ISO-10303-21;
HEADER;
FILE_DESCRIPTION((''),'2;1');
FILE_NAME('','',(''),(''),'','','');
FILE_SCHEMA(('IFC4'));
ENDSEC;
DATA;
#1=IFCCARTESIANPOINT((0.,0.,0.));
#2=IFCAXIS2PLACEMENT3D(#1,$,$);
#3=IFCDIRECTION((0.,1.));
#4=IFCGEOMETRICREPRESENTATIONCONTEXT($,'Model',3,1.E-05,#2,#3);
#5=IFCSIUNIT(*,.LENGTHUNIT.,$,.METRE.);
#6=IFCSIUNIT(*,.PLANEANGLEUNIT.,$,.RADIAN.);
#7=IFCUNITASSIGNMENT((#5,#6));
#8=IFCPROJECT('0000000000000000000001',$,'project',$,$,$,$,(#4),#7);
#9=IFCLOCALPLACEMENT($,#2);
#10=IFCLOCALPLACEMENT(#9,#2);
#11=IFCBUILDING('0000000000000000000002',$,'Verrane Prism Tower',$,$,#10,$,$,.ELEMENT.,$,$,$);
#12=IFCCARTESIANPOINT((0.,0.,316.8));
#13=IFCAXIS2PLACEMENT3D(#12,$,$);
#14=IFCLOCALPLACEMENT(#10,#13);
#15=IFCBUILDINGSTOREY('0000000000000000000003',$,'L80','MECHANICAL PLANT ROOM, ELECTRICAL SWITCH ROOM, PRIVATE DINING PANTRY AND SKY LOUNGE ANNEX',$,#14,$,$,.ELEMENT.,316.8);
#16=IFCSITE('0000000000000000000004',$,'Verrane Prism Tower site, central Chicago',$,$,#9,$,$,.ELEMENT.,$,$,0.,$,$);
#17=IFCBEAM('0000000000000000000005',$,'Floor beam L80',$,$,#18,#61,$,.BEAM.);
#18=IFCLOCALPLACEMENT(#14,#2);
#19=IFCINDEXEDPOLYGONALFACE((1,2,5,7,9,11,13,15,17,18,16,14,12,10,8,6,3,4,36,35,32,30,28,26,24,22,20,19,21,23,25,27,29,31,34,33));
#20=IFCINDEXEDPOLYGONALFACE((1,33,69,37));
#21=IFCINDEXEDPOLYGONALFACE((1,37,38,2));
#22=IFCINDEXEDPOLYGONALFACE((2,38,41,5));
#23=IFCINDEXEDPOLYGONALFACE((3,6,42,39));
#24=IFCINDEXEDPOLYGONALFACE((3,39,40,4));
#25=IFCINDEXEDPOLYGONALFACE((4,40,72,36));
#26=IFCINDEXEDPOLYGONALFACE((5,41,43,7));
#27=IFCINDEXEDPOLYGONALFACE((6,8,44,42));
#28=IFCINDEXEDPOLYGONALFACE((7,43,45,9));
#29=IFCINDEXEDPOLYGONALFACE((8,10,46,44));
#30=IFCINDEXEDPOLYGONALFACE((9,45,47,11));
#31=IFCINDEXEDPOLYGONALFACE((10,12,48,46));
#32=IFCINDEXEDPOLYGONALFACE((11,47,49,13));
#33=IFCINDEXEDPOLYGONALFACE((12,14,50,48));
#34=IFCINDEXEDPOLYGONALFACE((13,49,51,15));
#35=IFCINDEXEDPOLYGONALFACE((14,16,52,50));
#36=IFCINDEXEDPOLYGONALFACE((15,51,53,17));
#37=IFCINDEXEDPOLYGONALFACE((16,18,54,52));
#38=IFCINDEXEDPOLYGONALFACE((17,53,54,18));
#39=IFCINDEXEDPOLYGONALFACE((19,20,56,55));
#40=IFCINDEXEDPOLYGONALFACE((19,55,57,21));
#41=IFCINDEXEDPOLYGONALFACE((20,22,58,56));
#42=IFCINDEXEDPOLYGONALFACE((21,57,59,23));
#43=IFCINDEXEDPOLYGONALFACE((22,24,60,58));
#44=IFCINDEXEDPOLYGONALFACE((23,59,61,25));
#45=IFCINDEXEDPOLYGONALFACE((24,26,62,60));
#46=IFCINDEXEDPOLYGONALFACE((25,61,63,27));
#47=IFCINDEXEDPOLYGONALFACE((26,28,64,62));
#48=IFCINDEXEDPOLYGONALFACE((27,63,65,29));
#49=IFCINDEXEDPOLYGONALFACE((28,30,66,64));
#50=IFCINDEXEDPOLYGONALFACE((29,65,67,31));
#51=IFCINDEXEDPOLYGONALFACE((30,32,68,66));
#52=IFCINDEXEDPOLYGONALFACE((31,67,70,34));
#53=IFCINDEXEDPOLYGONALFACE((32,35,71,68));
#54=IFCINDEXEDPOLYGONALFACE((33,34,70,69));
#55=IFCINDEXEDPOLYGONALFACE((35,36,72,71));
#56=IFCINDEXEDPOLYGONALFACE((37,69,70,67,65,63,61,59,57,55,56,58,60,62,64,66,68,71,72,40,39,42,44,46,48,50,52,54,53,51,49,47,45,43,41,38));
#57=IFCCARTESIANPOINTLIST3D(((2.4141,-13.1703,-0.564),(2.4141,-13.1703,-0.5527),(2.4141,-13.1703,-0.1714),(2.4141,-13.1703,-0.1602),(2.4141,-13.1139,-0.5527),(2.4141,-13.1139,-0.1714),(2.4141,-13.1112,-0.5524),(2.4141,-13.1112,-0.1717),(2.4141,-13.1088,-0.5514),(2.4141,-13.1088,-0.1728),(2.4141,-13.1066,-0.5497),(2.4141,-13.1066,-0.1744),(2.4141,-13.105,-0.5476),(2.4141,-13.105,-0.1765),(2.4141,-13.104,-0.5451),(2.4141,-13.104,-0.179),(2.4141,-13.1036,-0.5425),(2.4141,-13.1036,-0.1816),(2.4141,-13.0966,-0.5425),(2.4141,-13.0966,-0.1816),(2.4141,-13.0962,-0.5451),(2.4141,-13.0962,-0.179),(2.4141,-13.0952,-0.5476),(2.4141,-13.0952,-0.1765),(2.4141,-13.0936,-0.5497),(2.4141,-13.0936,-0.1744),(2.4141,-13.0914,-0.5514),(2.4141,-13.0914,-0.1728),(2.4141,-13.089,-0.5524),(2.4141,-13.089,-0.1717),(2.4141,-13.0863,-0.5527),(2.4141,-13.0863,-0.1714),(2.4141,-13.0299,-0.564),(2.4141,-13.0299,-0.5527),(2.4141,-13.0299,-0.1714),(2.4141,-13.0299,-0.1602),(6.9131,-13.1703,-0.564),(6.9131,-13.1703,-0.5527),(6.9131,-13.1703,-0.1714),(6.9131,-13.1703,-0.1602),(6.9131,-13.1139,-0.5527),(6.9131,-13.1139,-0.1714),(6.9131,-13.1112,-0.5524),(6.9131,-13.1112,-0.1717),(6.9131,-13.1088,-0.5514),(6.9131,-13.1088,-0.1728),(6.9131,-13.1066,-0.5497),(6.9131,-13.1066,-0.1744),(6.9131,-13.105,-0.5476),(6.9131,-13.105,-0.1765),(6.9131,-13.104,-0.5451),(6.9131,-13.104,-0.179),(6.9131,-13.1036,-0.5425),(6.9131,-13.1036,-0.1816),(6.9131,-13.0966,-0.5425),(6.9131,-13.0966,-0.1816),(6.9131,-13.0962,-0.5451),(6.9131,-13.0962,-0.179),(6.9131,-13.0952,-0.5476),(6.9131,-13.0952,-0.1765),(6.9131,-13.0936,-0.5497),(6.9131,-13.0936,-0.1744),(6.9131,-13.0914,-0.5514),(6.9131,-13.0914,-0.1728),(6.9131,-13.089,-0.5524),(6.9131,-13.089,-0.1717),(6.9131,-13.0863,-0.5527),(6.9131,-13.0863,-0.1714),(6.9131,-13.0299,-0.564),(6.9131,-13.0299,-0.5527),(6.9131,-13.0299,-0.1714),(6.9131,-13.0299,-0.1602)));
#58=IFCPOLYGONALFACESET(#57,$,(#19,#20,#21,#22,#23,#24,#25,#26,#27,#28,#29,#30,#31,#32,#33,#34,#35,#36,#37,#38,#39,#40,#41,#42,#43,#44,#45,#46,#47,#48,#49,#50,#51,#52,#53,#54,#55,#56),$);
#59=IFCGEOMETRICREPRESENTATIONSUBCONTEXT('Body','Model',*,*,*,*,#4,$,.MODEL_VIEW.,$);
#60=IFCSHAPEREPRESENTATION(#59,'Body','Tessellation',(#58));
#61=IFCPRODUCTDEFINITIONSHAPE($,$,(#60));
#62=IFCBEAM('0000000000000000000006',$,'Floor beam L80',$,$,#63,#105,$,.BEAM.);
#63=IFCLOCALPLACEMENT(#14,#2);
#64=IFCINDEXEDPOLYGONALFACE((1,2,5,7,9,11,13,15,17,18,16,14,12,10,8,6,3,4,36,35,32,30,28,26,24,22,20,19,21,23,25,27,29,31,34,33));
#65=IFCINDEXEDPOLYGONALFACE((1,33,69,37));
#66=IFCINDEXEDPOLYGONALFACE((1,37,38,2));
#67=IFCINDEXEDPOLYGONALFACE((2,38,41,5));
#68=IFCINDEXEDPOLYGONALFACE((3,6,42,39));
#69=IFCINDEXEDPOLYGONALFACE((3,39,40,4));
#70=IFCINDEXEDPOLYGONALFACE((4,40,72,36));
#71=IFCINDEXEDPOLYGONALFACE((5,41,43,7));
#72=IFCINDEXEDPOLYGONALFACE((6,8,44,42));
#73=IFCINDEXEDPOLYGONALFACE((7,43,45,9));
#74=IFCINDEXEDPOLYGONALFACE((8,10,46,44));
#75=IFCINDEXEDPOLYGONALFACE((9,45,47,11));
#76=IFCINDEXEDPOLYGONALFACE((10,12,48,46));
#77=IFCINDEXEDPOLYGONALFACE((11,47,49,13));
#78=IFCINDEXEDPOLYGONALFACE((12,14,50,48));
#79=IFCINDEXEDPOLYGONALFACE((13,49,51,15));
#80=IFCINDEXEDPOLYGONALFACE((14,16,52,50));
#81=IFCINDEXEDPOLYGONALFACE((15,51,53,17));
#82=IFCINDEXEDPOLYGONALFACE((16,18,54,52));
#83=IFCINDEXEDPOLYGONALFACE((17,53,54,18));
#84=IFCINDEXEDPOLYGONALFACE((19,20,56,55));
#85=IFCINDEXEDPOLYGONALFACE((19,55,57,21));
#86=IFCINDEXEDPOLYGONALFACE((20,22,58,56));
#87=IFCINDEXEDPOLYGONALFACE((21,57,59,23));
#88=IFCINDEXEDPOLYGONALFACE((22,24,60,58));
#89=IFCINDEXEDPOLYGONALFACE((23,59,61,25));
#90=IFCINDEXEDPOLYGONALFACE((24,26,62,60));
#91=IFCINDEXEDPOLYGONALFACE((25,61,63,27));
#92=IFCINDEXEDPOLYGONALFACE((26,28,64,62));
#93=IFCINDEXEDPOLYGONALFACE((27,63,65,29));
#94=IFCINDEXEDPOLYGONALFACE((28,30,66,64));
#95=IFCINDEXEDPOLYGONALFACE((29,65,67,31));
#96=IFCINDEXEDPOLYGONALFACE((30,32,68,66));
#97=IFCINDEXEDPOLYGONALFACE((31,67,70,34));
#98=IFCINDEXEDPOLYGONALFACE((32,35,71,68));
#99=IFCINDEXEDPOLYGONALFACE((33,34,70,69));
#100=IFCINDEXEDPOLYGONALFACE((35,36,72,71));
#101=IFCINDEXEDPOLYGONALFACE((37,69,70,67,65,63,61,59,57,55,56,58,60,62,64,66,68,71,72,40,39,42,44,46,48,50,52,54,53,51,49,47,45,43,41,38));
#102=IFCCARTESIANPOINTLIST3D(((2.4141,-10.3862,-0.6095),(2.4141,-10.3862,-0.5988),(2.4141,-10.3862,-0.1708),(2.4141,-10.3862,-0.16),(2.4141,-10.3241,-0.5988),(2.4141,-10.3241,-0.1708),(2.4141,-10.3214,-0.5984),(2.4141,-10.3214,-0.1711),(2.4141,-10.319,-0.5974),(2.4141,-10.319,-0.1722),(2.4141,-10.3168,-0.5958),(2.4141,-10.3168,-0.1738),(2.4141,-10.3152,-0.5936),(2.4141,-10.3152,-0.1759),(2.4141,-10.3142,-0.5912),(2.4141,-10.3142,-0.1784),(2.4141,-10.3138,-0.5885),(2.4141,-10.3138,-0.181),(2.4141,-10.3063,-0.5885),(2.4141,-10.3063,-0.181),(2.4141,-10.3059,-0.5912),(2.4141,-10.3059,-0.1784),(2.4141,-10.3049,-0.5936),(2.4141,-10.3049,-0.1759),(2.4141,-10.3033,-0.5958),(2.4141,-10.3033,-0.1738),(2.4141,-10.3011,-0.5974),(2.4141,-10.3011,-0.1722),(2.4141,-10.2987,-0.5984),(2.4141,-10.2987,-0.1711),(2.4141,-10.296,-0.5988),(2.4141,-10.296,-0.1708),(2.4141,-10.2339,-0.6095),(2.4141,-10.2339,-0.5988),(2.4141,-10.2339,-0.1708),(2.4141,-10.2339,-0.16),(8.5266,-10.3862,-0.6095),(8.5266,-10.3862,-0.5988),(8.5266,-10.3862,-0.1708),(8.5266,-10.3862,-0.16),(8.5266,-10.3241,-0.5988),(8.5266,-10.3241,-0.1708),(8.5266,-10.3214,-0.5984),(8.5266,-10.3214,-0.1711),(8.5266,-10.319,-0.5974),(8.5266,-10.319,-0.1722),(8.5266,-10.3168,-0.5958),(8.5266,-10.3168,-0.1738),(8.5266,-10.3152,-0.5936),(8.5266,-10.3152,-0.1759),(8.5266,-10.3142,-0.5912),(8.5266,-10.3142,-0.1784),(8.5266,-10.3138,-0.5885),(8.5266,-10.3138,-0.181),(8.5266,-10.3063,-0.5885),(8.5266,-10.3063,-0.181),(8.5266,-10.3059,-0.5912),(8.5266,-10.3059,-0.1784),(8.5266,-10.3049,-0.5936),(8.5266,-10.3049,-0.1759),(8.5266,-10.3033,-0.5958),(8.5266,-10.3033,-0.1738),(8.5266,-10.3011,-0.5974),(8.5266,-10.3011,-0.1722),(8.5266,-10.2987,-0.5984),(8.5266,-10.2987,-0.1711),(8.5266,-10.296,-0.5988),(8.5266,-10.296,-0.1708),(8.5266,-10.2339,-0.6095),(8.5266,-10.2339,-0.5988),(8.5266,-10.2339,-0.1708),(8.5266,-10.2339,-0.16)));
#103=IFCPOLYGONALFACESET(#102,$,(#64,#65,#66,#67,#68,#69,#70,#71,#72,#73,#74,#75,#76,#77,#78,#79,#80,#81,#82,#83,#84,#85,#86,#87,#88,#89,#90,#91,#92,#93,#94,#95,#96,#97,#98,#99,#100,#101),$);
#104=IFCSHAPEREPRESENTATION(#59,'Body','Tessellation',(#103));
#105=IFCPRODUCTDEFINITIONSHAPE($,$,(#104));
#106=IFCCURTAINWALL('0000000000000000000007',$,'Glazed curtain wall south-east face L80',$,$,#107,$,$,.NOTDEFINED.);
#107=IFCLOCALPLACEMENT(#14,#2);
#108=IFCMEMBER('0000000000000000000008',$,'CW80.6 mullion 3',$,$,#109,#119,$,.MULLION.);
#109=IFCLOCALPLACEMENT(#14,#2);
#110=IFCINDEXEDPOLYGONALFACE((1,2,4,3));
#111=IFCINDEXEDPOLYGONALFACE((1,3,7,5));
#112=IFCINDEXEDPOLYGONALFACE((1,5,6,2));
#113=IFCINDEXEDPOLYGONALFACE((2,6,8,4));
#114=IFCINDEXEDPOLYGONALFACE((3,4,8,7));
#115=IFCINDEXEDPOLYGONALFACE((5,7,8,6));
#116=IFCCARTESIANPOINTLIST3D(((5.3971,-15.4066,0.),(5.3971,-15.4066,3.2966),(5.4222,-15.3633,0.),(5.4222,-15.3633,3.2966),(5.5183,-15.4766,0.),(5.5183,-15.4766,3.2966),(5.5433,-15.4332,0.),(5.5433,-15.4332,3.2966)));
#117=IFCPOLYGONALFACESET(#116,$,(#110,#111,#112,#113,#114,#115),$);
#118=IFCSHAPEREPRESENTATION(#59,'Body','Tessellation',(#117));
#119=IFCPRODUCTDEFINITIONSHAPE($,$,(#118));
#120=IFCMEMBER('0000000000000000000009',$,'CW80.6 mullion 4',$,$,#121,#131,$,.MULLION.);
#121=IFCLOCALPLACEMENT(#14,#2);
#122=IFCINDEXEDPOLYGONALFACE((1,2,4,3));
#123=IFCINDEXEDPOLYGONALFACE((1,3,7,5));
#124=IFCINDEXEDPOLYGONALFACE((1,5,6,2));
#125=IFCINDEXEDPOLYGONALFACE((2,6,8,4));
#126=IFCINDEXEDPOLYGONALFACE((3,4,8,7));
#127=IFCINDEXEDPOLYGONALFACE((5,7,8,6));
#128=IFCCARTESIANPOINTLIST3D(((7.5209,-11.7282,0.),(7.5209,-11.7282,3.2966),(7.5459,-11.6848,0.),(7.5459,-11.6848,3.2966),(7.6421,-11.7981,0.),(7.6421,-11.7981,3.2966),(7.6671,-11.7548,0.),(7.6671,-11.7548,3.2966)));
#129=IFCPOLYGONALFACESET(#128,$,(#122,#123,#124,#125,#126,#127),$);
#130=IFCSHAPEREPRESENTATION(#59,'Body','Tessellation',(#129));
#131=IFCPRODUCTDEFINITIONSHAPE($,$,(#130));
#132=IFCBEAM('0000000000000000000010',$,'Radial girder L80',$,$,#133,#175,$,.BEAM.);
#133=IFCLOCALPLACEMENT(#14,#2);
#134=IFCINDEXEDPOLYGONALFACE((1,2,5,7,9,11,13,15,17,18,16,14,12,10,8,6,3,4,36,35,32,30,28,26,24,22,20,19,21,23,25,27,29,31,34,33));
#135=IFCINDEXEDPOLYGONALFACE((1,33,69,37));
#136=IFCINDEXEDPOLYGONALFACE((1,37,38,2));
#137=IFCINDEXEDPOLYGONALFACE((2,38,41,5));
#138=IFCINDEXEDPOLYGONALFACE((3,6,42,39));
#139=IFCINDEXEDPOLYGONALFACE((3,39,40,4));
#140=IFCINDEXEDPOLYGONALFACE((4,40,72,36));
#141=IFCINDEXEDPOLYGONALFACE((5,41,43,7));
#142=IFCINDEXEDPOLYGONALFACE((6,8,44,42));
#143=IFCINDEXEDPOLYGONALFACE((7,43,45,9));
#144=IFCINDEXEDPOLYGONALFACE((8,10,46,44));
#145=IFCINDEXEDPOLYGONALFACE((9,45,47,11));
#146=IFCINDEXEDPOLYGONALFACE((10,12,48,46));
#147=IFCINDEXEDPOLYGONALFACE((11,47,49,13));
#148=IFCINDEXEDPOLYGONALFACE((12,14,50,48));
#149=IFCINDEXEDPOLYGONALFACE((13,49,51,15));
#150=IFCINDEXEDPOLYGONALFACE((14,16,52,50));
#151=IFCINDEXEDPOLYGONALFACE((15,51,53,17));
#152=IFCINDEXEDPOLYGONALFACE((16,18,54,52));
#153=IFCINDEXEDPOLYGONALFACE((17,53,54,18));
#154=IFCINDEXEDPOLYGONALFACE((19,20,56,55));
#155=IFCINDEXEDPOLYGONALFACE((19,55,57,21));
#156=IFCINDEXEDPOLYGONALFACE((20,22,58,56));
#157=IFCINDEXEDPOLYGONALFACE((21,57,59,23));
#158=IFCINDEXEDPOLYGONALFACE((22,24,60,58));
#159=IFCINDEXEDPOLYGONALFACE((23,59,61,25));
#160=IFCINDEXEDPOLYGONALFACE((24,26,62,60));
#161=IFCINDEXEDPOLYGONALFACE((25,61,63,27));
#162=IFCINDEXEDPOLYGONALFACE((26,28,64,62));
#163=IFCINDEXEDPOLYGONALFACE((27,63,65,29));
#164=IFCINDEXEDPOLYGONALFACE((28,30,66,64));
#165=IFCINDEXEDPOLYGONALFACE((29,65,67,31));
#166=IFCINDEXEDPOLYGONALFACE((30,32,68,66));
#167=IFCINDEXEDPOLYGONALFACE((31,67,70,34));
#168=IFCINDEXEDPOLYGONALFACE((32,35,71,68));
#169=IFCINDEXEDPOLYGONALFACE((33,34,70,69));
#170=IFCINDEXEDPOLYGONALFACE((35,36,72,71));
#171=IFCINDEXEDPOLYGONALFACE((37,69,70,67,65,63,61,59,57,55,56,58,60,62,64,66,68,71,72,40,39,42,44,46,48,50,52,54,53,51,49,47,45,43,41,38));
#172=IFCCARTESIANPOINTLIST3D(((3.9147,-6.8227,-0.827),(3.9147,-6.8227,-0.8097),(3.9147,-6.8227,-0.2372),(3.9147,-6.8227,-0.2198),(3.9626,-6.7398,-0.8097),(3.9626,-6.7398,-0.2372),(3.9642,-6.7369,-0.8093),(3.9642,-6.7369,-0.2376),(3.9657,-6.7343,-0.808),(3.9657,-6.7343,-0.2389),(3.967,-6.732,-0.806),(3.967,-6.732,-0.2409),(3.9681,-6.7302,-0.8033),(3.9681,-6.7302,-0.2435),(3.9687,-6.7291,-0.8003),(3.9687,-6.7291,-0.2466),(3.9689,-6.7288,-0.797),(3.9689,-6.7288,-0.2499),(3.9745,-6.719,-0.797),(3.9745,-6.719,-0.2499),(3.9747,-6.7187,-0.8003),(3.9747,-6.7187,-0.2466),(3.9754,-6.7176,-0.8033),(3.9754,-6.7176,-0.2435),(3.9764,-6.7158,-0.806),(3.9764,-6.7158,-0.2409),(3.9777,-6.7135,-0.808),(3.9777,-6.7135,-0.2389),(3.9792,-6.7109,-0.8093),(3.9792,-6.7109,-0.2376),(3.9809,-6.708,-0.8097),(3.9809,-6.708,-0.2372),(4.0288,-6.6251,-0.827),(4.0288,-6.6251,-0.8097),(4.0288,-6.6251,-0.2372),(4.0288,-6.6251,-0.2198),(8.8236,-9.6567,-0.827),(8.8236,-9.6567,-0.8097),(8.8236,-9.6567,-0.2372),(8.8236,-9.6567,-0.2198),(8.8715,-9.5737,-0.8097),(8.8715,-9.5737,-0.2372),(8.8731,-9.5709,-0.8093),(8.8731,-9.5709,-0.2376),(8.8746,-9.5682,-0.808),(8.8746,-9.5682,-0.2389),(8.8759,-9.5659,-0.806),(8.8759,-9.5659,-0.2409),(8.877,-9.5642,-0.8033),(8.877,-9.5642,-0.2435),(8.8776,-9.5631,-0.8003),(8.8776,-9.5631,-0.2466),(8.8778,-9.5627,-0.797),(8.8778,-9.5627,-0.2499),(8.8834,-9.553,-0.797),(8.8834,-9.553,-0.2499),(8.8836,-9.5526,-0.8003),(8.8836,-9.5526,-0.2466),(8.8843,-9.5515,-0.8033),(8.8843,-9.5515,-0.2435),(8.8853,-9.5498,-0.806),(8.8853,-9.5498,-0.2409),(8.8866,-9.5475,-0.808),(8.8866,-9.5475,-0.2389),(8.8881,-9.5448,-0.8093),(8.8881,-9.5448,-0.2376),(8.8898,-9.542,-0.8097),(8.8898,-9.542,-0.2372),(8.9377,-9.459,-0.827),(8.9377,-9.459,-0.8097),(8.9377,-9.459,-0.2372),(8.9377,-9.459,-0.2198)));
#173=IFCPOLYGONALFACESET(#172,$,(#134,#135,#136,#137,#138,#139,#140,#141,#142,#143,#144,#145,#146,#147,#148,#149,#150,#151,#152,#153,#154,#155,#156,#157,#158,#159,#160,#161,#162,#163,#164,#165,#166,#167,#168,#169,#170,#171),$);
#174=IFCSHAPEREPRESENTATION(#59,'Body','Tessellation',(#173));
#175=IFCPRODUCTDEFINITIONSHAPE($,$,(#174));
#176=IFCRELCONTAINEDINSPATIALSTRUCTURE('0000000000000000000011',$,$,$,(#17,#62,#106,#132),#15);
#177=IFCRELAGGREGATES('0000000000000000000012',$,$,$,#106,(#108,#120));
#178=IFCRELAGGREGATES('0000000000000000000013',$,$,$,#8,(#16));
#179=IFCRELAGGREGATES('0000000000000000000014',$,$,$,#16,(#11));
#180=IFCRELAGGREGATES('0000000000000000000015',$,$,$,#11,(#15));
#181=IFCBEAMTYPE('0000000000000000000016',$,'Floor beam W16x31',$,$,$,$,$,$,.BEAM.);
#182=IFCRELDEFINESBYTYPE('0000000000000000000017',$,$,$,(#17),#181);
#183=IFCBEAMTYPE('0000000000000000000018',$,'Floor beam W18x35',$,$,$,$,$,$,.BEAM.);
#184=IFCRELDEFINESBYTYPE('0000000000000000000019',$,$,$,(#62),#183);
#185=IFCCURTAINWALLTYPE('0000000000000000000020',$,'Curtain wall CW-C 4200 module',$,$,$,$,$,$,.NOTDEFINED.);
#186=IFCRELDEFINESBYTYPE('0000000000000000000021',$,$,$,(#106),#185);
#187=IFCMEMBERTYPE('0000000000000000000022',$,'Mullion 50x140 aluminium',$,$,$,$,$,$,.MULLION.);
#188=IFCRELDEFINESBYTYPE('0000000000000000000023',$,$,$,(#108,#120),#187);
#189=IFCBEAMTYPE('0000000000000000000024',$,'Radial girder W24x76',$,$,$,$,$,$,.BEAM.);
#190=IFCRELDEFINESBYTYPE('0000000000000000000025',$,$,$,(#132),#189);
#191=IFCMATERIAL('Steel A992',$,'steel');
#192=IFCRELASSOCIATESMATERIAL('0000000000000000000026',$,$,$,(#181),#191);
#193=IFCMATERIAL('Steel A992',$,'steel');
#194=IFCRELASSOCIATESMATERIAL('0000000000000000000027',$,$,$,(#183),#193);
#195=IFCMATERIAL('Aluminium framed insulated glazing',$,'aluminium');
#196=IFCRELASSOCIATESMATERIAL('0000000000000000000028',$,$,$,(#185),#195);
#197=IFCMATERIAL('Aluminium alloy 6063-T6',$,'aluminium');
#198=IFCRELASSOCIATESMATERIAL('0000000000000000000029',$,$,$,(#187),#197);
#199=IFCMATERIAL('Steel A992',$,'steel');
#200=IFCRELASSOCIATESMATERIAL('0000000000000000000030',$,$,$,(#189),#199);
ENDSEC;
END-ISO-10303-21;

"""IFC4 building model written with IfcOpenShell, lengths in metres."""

from ifc_helpers import new_model, si_unit, direction, frame, origin, origin_2d, place, context, subcontext, project, spatial, rectangle, i_section, extrude, material, material_profile, profile_set, type_object, element, aggregate, save


model = new_model("IFC4")

# Units and contexts
model_context = context("Model", 3, precision=1e-05, world=origin(), true_north=direction((0.0, 1.0)))
body_context = subcontext(model_context, "Body", "Model", "MODEL_VIEW")
ifc_project = project(units=[si_unit("LENGTHUNIT", "METRE"), si_unit("PLANEANGLEUNIT", "RADIAN")], contexts=[model_context])

# Site, building, storey
site_placement = place(None, origin())
site = spatial("IfcSite", under=ifc_project, at=site_placement, Name="Verrane Prism Tower site, central Chicago", CompositionType="ELEMENT", RefElevation=0.0)
building_placement = place(site_placement, origin())
building = spatial("IfcBuilding", under=site, at=building_placement, Name="Verrane Prism Tower", CompositionType="ELEMENT")
storey_placement = place(building_placement, frame((0.0, 0.0, 316.8)))
storey = spatial("IfcBuildingStorey", under=building, at=storey_placement, Name="L80", Description="MECHANICAL PLANT ROOM, ELECTRICAL SWITCH ROOM, PRIVATE DINING PANTRY AND SKY LOUNGE ANNEX", CompositionType="ELEMENT", Elevation=316.8)

# Beams
ifc_material_1 = material(Name="Steel A992", Category="steel")
ifc_material_profile_1 = material_profile(ifc_material_1, i_section(OverallWidth=0.1404, OverallDepth=0.4038, WebThickness=0.0071, FlangeThickness=0.0112, FilletRadius=0.0103, at=origin_2d()), Name="W16x31")
ifc_profile_set_1 = profile_set([ifc_material_profile_1], Name="Steel A992")
beam_type_1 = type_object("IfcBeamType", Name="Floor beam W16x31", PredefinedType="BEAM", material=ifc_profile_set_1)
beam_1_placement = place(storey_placement, frame((2.4141, -13.1001, -0.3621), z_axis=(1.0, 0.0, 0.0), x_axis=(0.0, 1.0, 0.0)))
element("IfcBeam", 1, at=beam_1_placement, inside=storey, type_object=beam_type_1, Name="Floor beam L80", PredefinedType="BEAM", context=body_context, shape_type="SweptSolid", body=[
    extrude(i_section(OverallWidth=0.1404, OverallDepth=0.4038, WebThickness=0.0071, FlangeThickness=0.0112, FilletRadius=0.0103, at=origin_2d()), origin(), (0.0, 0.0, 1.0), 4.499),
])
ifc_material_2 = material(Name="Steel A992", Category="steel")
ifc_material_profile_2 = material_profile(ifc_material_2, i_section(OverallWidth=0.1523, OverallDepth=0.4495, WebThickness=0.0076, FlangeThickness=0.0107, FilletRadius=0.0103, at=origin_2d()), Name="W18x35")
ifc_profile_set_2 = profile_set([ifc_material_profile_2], Name="Steel A992")
beam_type_2 = type_object("IfcBeamType", Name="Floor beam W18x35", PredefinedType="BEAM", material=ifc_profile_set_2)
beam_2_placement = place(storey_placement, frame((2.4141, -10.3101, -0.3848), z_axis=(1.0, 0.0, 0.0), x_axis=(0.0, 1.0, 0.0)))
element("IfcBeam", 2, at=beam_2_placement, inside=storey, type_object=beam_type_2, Name="Floor beam L80", PredefinedType="BEAM", context=body_context, shape_type="SweptSolid", body=[
    extrude(i_section(OverallWidth=0.1523, OverallDepth=0.4495, WebThickness=0.0076, FlangeThickness=0.0107, FilletRadius=0.0103, at=origin_2d()), origin(), (0.0, 0.0, 1.0), 6.1125),
])

# Curtain wall, members
ifc_material_3 = material(Name="Aluminium framed insulated glazing", Category="aluminium")
curtain_wall_type = type_object("IfcCurtainWallType", Name="Curtain wall CW-C 4200 module", PredefinedType="NOTDEFINED", material=ifc_material_3)
curtain_wall_placement = place(storey_placement, origin())
curtain_wall = element("IfcCurtainWall", 3, at=curtain_wall_placement, inside=storey, type_object=curtain_wall_type, Name="Glazed curtain wall south-east face L80", PredefinedType="NOTDEFINED")
ifc_material_4 = material(Name="Aluminium alloy 6063-T6", Category="aluminium")
ifc_material_profile_3 = material_profile(ifc_material_4, rectangle(XDim=0.1399, YDim=0.05, at=origin_2d()), Name="Mullion 50x140 aluminium")
ifc_profile_set_3 = profile_set([ifc_material_profile_3], Name="Aluminium alloy 6063-T6")
member_type_1 = type_object("IfcMemberType", Name="Mullion 50x140 aluminium", PredefinedType="MULLION", material=ifc_profile_set_3)
member_1_placement = place(storey_placement, frame((5.4702, -15.4199, 0.0), z_axis=(0.0, 0.0, 1.0), x_axis=(-0.866025, 0.5, 0.0)))
member_1 = element("IfcMember", 4, at=member_1_placement, type_object=member_type_1, Name="CW80.6 mullion 3", PredefinedType="MULLION", context=body_context, shape_type="SweptSolid", body=[
    extrude(rectangle(XDim=0.1399, YDim=0.05, at=origin_2d()), origin(), (0.0, 0.0, 1.0), 3.2966),
])
member_2_placement = place(storey_placement, frame((7.594, -11.7415, 0.0), z_axis=(0.0, 0.0, 1.0), x_axis=(-0.866025, 0.5, 0.0)))
member_2 = element("IfcMember", 5, at=member_2_placement, type_object=member_type_1, Name="CW80.6 mullion 4", PredefinedType="MULLION", context=body_context, shape_type="SweptSolid", body=[
    extrude(rectangle(XDim=0.1399, YDim=0.05, at=origin_2d()), origin(), (0.0, 0.0, 1.0), 3.2966),
])

# Beam
ifc_material_5 = material(Name="Steel A992", Category="steel")
ifc_material_profile_4 = material_profile(ifc_material_5, i_section(OverallWidth=0.2283, OverallDepth=0.6072, WebThickness=0.0112, FlangeThickness=0.0173, FilletRadius=0.0127, at=origin_2d()), Name="W24x76")
ifc_profile_set_4 = profile_set([ifc_material_profile_4], Name="Steel A992")
beam_type_3 = type_object("IfcBeamType", Name="Radial girder W24x76", PredefinedType="BEAM", material=ifc_profile_set_4)
beam_3_placement = place(storey_placement, frame((8.8806, -9.5579, -0.5234), z_axis=(-0.86604, 0.499975, 0.0), x_axis=(-0.499975, -0.86604, 0.0)))
element("IfcBeam", 6, at=beam_3_placement, inside=storey, type_object=beam_type_3, Name="Radial girder L80", PredefinedType="BEAM", context=body_context, shape_type="SweptSolid", body=[
    extrude(i_section(OverallWidth=0.2283, OverallDepth=0.6072, WebThickness=0.0112, FlangeThickness=0.0173, FilletRadius=0.0127, at=origin_2d()), origin(), (0.0, 0.0, 1.0), 5.6682),
])

aggregate(curtain_wall, [member_1, member_2])

save(model, "model.ifc")
